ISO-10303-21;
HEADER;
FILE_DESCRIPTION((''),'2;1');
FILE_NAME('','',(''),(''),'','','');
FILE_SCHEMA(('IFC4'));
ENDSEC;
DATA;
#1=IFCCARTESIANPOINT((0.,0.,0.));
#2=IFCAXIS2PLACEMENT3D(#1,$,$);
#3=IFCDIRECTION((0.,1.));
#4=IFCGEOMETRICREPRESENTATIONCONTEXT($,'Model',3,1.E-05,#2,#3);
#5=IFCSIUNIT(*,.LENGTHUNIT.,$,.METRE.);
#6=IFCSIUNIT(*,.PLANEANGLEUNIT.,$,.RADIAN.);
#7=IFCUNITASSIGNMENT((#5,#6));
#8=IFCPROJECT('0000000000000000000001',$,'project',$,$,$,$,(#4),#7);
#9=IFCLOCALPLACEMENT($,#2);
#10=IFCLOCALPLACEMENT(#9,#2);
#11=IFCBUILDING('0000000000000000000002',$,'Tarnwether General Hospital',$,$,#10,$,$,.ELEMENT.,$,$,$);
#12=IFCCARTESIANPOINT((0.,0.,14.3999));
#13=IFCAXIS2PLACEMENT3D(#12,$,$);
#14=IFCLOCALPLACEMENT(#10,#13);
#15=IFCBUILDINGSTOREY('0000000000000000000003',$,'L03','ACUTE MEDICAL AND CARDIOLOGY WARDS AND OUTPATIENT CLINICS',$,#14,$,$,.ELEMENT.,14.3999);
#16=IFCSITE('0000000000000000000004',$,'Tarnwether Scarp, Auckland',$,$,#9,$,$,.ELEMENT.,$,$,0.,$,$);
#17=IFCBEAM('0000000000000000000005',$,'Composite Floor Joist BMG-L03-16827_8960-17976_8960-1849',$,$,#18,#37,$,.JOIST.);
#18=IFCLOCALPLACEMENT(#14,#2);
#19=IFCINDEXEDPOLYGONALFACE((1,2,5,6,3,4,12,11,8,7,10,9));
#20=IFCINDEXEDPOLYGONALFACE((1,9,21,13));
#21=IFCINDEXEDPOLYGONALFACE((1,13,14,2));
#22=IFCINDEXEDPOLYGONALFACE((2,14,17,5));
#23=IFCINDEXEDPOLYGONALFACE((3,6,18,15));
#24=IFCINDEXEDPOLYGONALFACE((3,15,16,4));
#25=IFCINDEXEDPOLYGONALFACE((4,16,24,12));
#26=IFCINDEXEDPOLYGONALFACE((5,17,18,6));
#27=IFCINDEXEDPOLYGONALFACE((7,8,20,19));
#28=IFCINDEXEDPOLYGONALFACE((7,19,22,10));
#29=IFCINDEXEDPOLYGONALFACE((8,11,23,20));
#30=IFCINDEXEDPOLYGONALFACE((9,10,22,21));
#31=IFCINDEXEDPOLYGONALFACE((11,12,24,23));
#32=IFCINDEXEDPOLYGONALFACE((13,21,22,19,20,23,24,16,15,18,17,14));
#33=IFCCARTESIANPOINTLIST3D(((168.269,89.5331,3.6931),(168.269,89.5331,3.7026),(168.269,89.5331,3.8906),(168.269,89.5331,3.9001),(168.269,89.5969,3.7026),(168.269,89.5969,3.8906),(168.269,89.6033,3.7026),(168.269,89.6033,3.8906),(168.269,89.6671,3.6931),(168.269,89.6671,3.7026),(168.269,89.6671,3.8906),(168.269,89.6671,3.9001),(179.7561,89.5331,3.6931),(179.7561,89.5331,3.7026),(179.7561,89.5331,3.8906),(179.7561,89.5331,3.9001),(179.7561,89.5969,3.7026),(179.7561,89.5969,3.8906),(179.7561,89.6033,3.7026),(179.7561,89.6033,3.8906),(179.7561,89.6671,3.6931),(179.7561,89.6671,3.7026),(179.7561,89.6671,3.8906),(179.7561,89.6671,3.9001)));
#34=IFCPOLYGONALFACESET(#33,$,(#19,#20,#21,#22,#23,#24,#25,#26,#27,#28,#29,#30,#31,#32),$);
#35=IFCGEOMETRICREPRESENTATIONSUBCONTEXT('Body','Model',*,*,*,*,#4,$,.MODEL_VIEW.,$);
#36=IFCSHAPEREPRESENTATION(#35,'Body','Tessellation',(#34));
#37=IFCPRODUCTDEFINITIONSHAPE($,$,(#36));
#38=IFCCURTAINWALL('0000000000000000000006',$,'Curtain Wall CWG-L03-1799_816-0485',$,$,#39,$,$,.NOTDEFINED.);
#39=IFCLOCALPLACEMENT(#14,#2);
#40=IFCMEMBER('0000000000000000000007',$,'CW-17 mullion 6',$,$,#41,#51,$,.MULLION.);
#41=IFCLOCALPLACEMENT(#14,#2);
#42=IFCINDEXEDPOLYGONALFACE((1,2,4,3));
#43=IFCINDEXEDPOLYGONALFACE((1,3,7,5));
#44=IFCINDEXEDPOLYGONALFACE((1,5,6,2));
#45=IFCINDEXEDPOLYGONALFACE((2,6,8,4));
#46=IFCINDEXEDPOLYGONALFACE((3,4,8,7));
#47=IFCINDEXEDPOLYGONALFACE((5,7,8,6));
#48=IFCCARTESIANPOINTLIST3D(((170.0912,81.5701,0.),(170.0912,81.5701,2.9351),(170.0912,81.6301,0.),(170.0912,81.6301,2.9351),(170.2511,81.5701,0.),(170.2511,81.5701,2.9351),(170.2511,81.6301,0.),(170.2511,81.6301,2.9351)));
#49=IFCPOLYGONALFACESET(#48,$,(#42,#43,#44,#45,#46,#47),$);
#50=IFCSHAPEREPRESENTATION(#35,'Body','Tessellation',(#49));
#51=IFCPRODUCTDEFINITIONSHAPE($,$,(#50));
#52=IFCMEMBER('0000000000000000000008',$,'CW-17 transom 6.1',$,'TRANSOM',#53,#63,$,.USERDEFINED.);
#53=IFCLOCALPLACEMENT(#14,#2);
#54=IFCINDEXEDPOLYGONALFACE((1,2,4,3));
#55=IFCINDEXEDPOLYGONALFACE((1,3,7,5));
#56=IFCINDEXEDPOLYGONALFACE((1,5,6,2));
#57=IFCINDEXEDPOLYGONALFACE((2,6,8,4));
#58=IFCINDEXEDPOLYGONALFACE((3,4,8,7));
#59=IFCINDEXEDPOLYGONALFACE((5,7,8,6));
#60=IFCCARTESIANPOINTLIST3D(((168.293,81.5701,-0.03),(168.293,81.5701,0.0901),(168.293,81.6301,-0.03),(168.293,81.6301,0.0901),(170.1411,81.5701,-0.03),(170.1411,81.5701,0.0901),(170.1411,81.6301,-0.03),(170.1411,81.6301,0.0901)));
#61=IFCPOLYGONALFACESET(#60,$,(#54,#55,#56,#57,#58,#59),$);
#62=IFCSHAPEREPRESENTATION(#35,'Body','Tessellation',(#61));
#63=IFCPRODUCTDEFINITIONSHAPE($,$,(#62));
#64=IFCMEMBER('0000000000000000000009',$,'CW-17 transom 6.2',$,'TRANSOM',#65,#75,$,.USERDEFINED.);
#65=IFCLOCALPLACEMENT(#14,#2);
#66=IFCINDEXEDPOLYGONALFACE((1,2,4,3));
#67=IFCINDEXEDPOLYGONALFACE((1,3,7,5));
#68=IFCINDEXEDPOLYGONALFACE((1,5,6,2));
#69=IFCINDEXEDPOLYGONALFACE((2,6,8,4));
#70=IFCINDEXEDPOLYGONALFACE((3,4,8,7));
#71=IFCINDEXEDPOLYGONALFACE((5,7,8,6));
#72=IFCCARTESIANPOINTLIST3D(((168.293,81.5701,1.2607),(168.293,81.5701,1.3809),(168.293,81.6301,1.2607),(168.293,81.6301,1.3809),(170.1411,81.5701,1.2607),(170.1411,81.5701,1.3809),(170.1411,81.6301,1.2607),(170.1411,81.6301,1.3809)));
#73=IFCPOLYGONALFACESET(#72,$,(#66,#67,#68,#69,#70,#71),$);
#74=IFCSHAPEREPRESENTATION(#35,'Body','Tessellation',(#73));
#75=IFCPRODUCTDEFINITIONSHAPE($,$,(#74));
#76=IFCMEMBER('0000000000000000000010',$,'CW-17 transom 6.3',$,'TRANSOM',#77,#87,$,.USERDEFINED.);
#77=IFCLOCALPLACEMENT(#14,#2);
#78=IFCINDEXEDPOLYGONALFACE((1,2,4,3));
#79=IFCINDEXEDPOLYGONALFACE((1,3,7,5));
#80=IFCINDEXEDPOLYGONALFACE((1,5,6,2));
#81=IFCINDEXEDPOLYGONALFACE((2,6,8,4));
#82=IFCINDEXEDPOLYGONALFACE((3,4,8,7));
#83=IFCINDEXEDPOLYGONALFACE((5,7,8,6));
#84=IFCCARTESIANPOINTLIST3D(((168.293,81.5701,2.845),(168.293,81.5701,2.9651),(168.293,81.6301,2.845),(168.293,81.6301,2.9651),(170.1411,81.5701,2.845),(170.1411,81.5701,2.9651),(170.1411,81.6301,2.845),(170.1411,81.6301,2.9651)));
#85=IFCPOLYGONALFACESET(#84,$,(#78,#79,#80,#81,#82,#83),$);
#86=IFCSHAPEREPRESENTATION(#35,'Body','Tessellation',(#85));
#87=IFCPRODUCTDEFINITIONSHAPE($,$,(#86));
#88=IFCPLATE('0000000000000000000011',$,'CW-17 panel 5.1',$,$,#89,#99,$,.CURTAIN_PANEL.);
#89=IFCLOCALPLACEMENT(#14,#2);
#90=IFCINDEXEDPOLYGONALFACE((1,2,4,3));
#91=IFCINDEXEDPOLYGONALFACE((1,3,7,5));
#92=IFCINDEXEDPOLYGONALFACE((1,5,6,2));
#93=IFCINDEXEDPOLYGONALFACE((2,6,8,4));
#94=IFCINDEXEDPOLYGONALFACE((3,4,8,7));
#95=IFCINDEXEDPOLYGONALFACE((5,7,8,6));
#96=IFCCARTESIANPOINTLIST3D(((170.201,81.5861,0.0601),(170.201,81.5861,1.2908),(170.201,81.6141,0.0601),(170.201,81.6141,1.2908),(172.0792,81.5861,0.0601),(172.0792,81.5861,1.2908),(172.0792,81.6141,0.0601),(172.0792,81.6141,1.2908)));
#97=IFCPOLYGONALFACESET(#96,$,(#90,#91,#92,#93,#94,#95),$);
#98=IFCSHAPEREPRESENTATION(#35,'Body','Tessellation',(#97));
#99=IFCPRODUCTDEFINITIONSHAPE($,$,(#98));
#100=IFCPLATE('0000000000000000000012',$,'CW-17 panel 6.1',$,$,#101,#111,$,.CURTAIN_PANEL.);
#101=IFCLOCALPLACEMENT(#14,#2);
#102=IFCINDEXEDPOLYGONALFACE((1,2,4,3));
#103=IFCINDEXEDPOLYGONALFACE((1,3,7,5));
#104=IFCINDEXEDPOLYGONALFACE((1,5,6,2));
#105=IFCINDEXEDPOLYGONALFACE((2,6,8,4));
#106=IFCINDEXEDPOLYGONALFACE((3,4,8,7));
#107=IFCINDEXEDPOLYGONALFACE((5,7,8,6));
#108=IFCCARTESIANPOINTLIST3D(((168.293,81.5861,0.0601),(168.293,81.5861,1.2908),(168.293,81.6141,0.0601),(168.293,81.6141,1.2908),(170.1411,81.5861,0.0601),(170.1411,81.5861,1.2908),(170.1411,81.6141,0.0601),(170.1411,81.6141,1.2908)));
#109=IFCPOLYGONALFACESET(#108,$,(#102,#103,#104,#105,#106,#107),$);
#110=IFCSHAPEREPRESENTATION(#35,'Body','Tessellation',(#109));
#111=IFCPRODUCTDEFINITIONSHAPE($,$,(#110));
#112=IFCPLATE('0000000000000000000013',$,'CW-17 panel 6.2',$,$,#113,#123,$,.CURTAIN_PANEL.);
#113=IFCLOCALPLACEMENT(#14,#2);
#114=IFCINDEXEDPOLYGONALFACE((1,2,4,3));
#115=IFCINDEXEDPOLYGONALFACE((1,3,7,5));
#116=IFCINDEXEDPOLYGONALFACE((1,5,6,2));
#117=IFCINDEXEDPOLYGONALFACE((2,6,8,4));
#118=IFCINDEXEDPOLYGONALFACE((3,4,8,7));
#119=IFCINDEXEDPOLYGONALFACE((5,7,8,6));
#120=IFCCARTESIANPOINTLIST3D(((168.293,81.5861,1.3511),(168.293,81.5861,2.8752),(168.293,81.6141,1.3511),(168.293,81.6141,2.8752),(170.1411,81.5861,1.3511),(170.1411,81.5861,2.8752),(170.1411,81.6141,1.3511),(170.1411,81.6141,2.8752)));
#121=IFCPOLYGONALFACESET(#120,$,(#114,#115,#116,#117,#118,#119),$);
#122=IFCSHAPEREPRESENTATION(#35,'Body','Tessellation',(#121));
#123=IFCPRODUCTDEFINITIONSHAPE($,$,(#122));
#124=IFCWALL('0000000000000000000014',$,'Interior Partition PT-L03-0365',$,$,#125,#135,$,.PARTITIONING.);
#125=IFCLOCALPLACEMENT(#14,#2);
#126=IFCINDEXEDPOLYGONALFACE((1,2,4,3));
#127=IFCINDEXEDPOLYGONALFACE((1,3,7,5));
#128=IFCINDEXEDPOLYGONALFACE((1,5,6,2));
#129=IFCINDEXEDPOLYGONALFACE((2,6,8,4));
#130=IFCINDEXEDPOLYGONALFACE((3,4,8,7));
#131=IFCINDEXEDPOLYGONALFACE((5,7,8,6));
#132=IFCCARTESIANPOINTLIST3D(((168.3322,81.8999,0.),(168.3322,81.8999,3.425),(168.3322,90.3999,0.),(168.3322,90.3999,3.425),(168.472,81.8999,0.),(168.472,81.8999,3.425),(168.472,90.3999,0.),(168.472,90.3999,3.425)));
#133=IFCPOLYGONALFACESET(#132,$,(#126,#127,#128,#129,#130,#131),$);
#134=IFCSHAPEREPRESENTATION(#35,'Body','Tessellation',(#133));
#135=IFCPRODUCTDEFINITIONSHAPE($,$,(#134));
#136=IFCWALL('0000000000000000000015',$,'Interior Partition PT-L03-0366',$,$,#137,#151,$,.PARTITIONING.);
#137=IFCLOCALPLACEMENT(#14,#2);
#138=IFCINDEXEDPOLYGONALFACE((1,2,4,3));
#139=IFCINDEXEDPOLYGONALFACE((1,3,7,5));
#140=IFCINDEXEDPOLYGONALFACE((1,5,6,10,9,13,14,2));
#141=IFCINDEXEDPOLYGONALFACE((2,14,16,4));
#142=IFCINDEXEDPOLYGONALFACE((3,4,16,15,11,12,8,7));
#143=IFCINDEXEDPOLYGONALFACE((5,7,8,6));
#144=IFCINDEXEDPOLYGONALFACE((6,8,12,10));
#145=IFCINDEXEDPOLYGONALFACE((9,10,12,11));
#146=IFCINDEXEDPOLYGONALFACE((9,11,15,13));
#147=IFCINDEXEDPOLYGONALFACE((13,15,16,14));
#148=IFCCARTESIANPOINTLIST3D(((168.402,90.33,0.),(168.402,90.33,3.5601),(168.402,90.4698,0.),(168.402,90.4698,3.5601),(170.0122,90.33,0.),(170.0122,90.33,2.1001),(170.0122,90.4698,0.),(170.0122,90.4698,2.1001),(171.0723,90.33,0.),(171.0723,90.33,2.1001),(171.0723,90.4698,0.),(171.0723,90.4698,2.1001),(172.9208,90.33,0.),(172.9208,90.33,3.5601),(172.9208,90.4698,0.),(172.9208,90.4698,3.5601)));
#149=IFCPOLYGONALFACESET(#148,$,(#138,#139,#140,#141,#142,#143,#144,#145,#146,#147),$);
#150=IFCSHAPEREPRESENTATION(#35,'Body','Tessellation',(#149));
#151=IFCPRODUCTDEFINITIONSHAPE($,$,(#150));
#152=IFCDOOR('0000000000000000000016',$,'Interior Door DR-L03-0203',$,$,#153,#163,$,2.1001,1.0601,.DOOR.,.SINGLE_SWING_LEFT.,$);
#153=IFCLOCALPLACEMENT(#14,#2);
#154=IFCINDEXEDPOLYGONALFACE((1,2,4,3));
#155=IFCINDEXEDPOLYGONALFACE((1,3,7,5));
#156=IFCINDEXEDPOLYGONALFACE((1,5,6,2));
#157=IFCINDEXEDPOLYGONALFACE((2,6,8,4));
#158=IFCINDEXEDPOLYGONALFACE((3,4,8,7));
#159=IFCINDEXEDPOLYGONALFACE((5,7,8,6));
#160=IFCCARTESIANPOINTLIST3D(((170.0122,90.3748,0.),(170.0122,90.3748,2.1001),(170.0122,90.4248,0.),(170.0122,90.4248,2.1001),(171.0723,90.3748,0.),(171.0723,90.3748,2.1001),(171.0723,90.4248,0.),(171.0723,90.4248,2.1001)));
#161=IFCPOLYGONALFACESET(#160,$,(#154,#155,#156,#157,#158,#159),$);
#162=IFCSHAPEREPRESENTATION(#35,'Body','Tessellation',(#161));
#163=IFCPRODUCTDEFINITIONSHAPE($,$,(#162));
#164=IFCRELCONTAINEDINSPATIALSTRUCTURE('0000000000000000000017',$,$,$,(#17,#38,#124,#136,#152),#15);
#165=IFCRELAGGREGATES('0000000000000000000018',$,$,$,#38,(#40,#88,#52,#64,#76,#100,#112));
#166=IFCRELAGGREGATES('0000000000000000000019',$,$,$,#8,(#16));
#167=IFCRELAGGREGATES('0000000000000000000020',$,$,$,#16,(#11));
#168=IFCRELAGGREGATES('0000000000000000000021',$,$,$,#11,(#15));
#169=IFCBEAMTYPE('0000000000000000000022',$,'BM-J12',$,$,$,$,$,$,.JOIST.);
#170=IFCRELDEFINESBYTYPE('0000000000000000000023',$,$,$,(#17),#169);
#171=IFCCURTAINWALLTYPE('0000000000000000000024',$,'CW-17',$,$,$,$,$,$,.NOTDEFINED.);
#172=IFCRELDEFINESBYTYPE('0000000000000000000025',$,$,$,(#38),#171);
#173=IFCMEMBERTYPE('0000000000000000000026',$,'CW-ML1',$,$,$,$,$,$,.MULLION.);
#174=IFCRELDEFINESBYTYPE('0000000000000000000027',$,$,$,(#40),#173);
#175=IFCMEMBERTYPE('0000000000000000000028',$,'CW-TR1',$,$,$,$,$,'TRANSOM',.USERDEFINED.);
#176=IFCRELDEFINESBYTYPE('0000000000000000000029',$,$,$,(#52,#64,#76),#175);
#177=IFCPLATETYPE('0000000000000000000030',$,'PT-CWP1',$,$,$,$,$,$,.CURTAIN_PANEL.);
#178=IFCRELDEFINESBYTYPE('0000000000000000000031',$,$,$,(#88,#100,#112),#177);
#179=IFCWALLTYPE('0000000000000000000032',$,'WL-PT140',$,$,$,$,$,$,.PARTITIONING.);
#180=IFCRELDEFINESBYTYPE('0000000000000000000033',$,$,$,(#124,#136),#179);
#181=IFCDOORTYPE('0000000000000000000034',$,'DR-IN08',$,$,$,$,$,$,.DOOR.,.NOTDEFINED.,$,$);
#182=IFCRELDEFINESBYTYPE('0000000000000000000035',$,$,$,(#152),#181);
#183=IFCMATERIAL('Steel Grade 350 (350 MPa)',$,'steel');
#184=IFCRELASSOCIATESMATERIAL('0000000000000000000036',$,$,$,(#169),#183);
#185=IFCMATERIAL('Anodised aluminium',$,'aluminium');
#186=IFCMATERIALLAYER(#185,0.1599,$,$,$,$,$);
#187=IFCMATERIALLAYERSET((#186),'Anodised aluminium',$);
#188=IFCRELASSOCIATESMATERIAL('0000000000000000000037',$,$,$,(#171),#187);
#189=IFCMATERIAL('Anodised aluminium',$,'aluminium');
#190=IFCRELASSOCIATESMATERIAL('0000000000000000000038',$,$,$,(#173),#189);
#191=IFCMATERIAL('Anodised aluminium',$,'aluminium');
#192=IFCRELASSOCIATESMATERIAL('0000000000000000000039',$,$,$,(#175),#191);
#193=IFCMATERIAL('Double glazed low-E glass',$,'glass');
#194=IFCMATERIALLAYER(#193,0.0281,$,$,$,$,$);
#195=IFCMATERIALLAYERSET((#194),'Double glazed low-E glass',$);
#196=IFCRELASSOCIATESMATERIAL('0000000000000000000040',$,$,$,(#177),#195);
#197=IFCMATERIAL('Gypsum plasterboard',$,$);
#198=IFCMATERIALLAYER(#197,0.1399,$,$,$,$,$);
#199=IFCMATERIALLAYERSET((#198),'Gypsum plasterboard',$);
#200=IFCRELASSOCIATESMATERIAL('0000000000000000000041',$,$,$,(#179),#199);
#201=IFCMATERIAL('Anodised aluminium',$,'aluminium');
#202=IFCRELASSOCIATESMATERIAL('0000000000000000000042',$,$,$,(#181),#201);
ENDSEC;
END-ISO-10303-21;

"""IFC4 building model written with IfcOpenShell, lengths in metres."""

from ifc_helpers import new_model, si_unit, direction, frame, frame_2d, origin, origin_2d, place, context, subcontext, project, spatial, rectangle, i_section, extrude, material, layer, layer_set, material_profile, profile_set, type_object, element, fill, aggregate, save


model = new_model("IFC4")

# Units and contexts
model_context = context("Model", 3, precision=1e-05, world=origin(), true_north=direction((0.0, 1.0)))
body_context = subcontext(model_context, "Body", "Model", "MODEL_VIEW")
ifc_project = project(units=[si_unit("LENGTHUNIT", "METRE"), si_unit("PLANEANGLEUNIT", "RADIAN")], contexts=[model_context])

# Site, building, storey
site_placement = place(None, origin())
site = spatial("IfcSite", under=ifc_project, at=site_placement, Name="Tarnwether Scarp, Auckland", CompositionType="ELEMENT", RefElevation=0.0)
building_placement = place(site_placement, origin())
building = spatial("IfcBuilding", under=site, at=building_placement, Name="Tarnwether General Hospital", CompositionType="ELEMENT")
storey_placement = place(building_placement, frame((0.0, 0.0, 14.3999)))
storey = spatial("IfcBuildingStorey", under=building, at=storey_placement, Name="L03", Description="ACUTE MEDICAL AND CARDIOLOGY WARDS AND OUTPATIENT CLINICS", CompositionType="ELEMENT", Elevation=14.3999)

# Beam
ifc_material_1 = material(Name="Steel Grade 350 (350 MPa)", Category="steel")
ifc_material_profile_1 = material_profile(ifc_material_1, i_section(OverallWidth=0.134, OverallDepth=0.207, WebThickness=0.0063, FlangeThickness=0.0095, at=origin_2d()), Name="200UB29.8")
ifc_profile_set_1 = profile_set([ifc_material_profile_1], Name="Steel Grade 350 (350 MPa)")
beam_type_1 = type_object("IfcBeamType", Name="BM-J12", PredefinedType="JOIST", material=ifc_profile_set_1)
beam_1_placement = place(storey_placement, frame((168.269, 89.6001, 3.7966), z_axis=(1.0, 0.0, 0.0), x_axis=(0.0, 1.0, 0.0)))
element("IfcBeam", 1, at=beam_1_placement, inside=storey, type_object=beam_type_1, Name="Composite Floor Joist BMG-L03-16827_8960-17976_8960-1849", PredefinedType="JOIST", context=body_context, shape_type="SweptSolid", body=[
    extrude(i_section(OverallWidth=0.134, OverallDepth=0.207, WebThickness=0.0063, FlangeThickness=0.0095, at=origin_2d()), origin(), (0.0, 0.0, 1.0), 11.4871),
])

# Curtain wall, members, plates
ifc_material_2 = material(Name="Anodised aluminium", Category="aluminium")
ifc_layer_1 = layer(ifc_material_2, 0.1599)
ifc_layer_set_1 = layer_set([ifc_layer_1], Name="Anodised aluminium")
curtain_wall_type = type_object("IfcCurtainWallType", Name="CW-17", PredefinedType="NOTDEFINED", material=ifc_layer_set_1)
curtain_wall_placement = place(storey_placement, origin())
curtain_wall = element("IfcCurtainWall", 2, at=curtain_wall_placement, inside=storey, type_object=curtain_wall_type, Name="Curtain Wall CWG-L03-1799_816-0485", PredefinedType="NOTDEFINED")
ifc_material_3 = material(Name="Anodised aluminium", Category="aluminium")
ifc_material_profile_2 = material_profile(ifc_material_3, rectangle(XDim=0.0601, YDim=0.1599, at=origin_2d()), Name="ALU-MUL-60x160")
ifc_profile_set_2 = profile_set([ifc_material_profile_2], Name="Anodised aluminium")
member_type_1 = type_object("IfcMemberType", Name="CW-ML1", PredefinedType="MULLION", material=ifc_profile_set_2)
member_1_placement = place(storey_placement, frame((170.1711, 81.6001, 0.0), z_axis=(0.0, 0.0, 1.0), x_axis=(0.0, -1.0, 0.0)))
member_1 = element("IfcMember", 3, at=member_1_placement, type_object=member_type_1, Name="CW-17 mullion 6", PredefinedType="MULLION", context=body_context, shape_type="SweptSolid", body=[
    extrude(rectangle(XDim=0.0601, YDim=0.1599, at=origin_2d()), origin(), (0.0, 0.0, 1.0), 2.9351),
])
ifc_material_4 = material(Name="Anodised aluminium", Category="aluminium")
ifc_material_profile_3 = material_profile(ifc_material_4, rectangle(XDim=0.0601, YDim=0.1201, at=origin_2d()), Name="ALU-TRN-60x120")
ifc_profile_set_3 = profile_set([ifc_material_profile_3], Name="Anodised aluminium")
member_type_2 = type_object("IfcMemberType", Name="CW-TR1", ElementType="TRANSOM", PredefinedType="USERDEFINED", material=ifc_profile_set_3)
member_2_placement = place(storey_placement, frame((170.1411, 81.6001, 0.03), z_axis=(-1.0, 0.0, 0.0), x_axis=(0.0, -1.0, 0.0)))
member_2 = element("IfcMember", 4, at=member_2_placement, type_object=member_type_2, Name="CW-17 transom 6.1", ObjectType="TRANSOM", PredefinedType="USERDEFINED", context=body_context, shape_type="SweptSolid", body=[
    extrude(rectangle(XDim=0.0601, YDim=0.1201, at=origin_2d()), origin(), (0.0, 0.0, 1.0), 1.8481),
])
member_3_placement = place(storey_placement, frame((170.1411, 81.6001, 1.3208), z_axis=(-1.0, 0.0, 0.0), x_axis=(0.0, -1.0, 0.0)))
member_3 = element("IfcMember", 5, at=member_3_placement, type_object=member_type_2, Name="CW-17 transom 6.2", ObjectType="TRANSOM", PredefinedType="USERDEFINED", context=body_context, shape_type="SweptSolid", body=[
    extrude(rectangle(XDim=0.0601, YDim=0.1201, at=origin_2d()), origin(), (0.0, 0.0, 1.0), 1.8481),
])
member_4_placement = place(storey_placement, frame((170.1411, 81.6001, 2.905), z_axis=(-1.0, 0.0, 0.0), x_axis=(0.0, -1.0, 0.0)))
member_4 = element("IfcMember", 6, at=member_4_placement, type_object=member_type_2, Name="CW-17 transom 6.3", ObjectType="TRANSOM", PredefinedType="USERDEFINED", context=body_context, shape_type="SweptSolid", body=[
    extrude(rectangle(XDim=0.0601, YDim=0.1201, at=origin_2d()), origin(), (0.0, 0.0, 1.0), 1.8481),
])
ifc_material_5 = material(Name="Double glazed low-E glass", Category="glass")
ifc_layer_2 = layer(ifc_material_5, 0.0281)
ifc_layer_set_2 = layer_set([ifc_layer_2], Name="Double glazed low-E glass")
plate_type = type_object("IfcPlateType", Name="PT-CWP1", PredefinedType="CURTAIN_PANEL", material=ifc_layer_set_2)
plate_1_placement = place(storey_placement, frame((171.1401, 81.6001, 0.0601), z_axis=(0.0, 0.0, 1.0), x_axis=(-1.0, 0.0, 0.0)))
plate_1 = element("IfcPlate", 7, at=plate_1_placement, type_object=plate_type, Name="CW-17 panel 5.1", PredefinedType="CURTAIN_PANEL", context=body_context, shape_type="SweptSolid", body=[
    extrude(rectangle(XDim=1.8782, YDim=0.0281, at=origin_2d()), origin(), (0.0, 0.0, 1.0), 1.2307),
])
plate_2_placement = place(storey_placement, frame((169.217, 81.6001, 0.0601), z_axis=(0.0, 0.0, 1.0), x_axis=(-1.0, 0.0, 0.0)))
plate_2 = element("IfcPlate", 8, at=plate_2_placement, type_object=plate_type, Name="CW-17 panel 6.1", PredefinedType="CURTAIN_PANEL", context=body_context, shape_type="SweptSolid", body=[
    extrude(rectangle(XDim=1.8481, YDim=0.0281, at=origin_2d()), origin(), (0.0, 0.0, 1.0), 1.2307),
])
plate_3_placement = place(storey_placement, frame((169.217, 81.6001, 1.3511), z_axis=(0.0, 0.0, 1.0), x_axis=(-1.0, 0.0, 0.0)))
plate_3 = element("IfcPlate", 9, at=plate_3_placement, type_object=plate_type, Name="CW-17 panel 6.2", PredefinedType="CURTAIN_PANEL", context=body_context, shape_type="SweptSolid", body=[
    extrude(rectangle(XDim=1.8481, YDim=0.0281, at=origin_2d()), origin(), (0.0, 0.0, 1.0), 1.5242),
])
aggregate(curtain_wall, [member_1, plate_1, member_2, member_3, member_4, plate_2, plate_3])

# Wall
ifc_material_6 = material(Name="Gypsum plasterboard")
ifc_layer_3 = layer(ifc_material_6, 0.1399)
ifc_layer_set_3 = layer_set([ifc_layer_3], Name="Gypsum plasterboard")
wall_type_1 = type_object("IfcWallType", Name="WL-PT140", PredefinedType="PARTITIONING", material=ifc_layer_set_3)
wall_1_placement = place(storey_placement, frame((168.4021, 81.8999, 0.0), z_axis=(0.0, 0.0, 1.0), x_axis=(0.0, 1.0, 0.0)))
element("IfcWall", 10, at=wall_1_placement, inside=storey, type_object=wall_type_1, Name="Interior Partition PT-L03-0365", PredefinedType="PARTITIONING", context=body_context, shape_type="SweptSolid", body=[
    extrude(rectangle(XDim=8.5, YDim=0.1399, at=frame_2d((4.25, 0.0))), origin(), (0.0, 0.0, 1.0), 3.425),
])

# Wall, opening, door
wall_2_placement = place(storey_placement, frame((168.4021, 90.3999, 0.0), z_axis=(0.0, 0.0, 1.0), x_axis=(1.0, 0.0, 0.0)))
wall_2 = element("IfcWall", 11, at=wall_2_placement, inside=storey, type_object=wall_type_1, Name="Interior Partition PT-L03-0366", PredefinedType="PARTITIONING", context=body_context, shape_type="SweptSolid", body=[
    extrude(rectangle(XDim=4.5188, YDim=0.1399, at=frame_2d((2.2593, 0.0))), origin(), (0.0, 0.0, 1.0), 3.5601),
])
opening_1_placement = place(wall_2_placement, frame((1.6101, 0.0, 0.0)))
opening_1 = element("IfcOpeningElement", 12, at=opening_1_placement, cuts=wall_2, PredefinedType="OPENING", context=body_context, shape_type="SweptSolid", body=[
    extrude(rectangle(XDim=1.0601, YDim=2.1001, at=frame_2d((0.53, 1.05))), frame((0.0, 0.0801, 0.0), z_axis=(0.0, -1.0, 0.0), x_axis=(1.0, 0.0, 0.0)), (0.0, 0.0, 1.0), 0.1599),
])
ifc_material_7 = material(Name="Anodised aluminium", Category="aluminium")
door_type_1 = type_object("IfcDoorType", Name="DR-IN08", OperationType="NOTDEFINED", PredefinedType="DOOR", material=ifc_material_7)
door_1_placement = place(opening_1_placement, origin())
door_1 = element("IfcDoor", 13, at=door_1_placement, inside=storey, type_object=door_type_1, Name="Interior Door DR-L03-0203", OperationType="SINGLE_SWING_LEFT", OverallHeight=2.1001, OverallWidth=1.0601, PredefinedType="DOOR", context=body_context, shape_type="SweptSolid", body=[
    extrude(rectangle(XDim=1.0601, YDim=2.1001, at=frame_2d((0.53, 1.05))), frame((0.0, 0.0249, 0.0), z_axis=(0.0, -1.0, 0.0), x_axis=(1.0, 0.0, 0.0)), (0.0, 0.0, 1.0), 0.05),
])
fill(opening_1, door_1)

save(model, "model.ifc")
